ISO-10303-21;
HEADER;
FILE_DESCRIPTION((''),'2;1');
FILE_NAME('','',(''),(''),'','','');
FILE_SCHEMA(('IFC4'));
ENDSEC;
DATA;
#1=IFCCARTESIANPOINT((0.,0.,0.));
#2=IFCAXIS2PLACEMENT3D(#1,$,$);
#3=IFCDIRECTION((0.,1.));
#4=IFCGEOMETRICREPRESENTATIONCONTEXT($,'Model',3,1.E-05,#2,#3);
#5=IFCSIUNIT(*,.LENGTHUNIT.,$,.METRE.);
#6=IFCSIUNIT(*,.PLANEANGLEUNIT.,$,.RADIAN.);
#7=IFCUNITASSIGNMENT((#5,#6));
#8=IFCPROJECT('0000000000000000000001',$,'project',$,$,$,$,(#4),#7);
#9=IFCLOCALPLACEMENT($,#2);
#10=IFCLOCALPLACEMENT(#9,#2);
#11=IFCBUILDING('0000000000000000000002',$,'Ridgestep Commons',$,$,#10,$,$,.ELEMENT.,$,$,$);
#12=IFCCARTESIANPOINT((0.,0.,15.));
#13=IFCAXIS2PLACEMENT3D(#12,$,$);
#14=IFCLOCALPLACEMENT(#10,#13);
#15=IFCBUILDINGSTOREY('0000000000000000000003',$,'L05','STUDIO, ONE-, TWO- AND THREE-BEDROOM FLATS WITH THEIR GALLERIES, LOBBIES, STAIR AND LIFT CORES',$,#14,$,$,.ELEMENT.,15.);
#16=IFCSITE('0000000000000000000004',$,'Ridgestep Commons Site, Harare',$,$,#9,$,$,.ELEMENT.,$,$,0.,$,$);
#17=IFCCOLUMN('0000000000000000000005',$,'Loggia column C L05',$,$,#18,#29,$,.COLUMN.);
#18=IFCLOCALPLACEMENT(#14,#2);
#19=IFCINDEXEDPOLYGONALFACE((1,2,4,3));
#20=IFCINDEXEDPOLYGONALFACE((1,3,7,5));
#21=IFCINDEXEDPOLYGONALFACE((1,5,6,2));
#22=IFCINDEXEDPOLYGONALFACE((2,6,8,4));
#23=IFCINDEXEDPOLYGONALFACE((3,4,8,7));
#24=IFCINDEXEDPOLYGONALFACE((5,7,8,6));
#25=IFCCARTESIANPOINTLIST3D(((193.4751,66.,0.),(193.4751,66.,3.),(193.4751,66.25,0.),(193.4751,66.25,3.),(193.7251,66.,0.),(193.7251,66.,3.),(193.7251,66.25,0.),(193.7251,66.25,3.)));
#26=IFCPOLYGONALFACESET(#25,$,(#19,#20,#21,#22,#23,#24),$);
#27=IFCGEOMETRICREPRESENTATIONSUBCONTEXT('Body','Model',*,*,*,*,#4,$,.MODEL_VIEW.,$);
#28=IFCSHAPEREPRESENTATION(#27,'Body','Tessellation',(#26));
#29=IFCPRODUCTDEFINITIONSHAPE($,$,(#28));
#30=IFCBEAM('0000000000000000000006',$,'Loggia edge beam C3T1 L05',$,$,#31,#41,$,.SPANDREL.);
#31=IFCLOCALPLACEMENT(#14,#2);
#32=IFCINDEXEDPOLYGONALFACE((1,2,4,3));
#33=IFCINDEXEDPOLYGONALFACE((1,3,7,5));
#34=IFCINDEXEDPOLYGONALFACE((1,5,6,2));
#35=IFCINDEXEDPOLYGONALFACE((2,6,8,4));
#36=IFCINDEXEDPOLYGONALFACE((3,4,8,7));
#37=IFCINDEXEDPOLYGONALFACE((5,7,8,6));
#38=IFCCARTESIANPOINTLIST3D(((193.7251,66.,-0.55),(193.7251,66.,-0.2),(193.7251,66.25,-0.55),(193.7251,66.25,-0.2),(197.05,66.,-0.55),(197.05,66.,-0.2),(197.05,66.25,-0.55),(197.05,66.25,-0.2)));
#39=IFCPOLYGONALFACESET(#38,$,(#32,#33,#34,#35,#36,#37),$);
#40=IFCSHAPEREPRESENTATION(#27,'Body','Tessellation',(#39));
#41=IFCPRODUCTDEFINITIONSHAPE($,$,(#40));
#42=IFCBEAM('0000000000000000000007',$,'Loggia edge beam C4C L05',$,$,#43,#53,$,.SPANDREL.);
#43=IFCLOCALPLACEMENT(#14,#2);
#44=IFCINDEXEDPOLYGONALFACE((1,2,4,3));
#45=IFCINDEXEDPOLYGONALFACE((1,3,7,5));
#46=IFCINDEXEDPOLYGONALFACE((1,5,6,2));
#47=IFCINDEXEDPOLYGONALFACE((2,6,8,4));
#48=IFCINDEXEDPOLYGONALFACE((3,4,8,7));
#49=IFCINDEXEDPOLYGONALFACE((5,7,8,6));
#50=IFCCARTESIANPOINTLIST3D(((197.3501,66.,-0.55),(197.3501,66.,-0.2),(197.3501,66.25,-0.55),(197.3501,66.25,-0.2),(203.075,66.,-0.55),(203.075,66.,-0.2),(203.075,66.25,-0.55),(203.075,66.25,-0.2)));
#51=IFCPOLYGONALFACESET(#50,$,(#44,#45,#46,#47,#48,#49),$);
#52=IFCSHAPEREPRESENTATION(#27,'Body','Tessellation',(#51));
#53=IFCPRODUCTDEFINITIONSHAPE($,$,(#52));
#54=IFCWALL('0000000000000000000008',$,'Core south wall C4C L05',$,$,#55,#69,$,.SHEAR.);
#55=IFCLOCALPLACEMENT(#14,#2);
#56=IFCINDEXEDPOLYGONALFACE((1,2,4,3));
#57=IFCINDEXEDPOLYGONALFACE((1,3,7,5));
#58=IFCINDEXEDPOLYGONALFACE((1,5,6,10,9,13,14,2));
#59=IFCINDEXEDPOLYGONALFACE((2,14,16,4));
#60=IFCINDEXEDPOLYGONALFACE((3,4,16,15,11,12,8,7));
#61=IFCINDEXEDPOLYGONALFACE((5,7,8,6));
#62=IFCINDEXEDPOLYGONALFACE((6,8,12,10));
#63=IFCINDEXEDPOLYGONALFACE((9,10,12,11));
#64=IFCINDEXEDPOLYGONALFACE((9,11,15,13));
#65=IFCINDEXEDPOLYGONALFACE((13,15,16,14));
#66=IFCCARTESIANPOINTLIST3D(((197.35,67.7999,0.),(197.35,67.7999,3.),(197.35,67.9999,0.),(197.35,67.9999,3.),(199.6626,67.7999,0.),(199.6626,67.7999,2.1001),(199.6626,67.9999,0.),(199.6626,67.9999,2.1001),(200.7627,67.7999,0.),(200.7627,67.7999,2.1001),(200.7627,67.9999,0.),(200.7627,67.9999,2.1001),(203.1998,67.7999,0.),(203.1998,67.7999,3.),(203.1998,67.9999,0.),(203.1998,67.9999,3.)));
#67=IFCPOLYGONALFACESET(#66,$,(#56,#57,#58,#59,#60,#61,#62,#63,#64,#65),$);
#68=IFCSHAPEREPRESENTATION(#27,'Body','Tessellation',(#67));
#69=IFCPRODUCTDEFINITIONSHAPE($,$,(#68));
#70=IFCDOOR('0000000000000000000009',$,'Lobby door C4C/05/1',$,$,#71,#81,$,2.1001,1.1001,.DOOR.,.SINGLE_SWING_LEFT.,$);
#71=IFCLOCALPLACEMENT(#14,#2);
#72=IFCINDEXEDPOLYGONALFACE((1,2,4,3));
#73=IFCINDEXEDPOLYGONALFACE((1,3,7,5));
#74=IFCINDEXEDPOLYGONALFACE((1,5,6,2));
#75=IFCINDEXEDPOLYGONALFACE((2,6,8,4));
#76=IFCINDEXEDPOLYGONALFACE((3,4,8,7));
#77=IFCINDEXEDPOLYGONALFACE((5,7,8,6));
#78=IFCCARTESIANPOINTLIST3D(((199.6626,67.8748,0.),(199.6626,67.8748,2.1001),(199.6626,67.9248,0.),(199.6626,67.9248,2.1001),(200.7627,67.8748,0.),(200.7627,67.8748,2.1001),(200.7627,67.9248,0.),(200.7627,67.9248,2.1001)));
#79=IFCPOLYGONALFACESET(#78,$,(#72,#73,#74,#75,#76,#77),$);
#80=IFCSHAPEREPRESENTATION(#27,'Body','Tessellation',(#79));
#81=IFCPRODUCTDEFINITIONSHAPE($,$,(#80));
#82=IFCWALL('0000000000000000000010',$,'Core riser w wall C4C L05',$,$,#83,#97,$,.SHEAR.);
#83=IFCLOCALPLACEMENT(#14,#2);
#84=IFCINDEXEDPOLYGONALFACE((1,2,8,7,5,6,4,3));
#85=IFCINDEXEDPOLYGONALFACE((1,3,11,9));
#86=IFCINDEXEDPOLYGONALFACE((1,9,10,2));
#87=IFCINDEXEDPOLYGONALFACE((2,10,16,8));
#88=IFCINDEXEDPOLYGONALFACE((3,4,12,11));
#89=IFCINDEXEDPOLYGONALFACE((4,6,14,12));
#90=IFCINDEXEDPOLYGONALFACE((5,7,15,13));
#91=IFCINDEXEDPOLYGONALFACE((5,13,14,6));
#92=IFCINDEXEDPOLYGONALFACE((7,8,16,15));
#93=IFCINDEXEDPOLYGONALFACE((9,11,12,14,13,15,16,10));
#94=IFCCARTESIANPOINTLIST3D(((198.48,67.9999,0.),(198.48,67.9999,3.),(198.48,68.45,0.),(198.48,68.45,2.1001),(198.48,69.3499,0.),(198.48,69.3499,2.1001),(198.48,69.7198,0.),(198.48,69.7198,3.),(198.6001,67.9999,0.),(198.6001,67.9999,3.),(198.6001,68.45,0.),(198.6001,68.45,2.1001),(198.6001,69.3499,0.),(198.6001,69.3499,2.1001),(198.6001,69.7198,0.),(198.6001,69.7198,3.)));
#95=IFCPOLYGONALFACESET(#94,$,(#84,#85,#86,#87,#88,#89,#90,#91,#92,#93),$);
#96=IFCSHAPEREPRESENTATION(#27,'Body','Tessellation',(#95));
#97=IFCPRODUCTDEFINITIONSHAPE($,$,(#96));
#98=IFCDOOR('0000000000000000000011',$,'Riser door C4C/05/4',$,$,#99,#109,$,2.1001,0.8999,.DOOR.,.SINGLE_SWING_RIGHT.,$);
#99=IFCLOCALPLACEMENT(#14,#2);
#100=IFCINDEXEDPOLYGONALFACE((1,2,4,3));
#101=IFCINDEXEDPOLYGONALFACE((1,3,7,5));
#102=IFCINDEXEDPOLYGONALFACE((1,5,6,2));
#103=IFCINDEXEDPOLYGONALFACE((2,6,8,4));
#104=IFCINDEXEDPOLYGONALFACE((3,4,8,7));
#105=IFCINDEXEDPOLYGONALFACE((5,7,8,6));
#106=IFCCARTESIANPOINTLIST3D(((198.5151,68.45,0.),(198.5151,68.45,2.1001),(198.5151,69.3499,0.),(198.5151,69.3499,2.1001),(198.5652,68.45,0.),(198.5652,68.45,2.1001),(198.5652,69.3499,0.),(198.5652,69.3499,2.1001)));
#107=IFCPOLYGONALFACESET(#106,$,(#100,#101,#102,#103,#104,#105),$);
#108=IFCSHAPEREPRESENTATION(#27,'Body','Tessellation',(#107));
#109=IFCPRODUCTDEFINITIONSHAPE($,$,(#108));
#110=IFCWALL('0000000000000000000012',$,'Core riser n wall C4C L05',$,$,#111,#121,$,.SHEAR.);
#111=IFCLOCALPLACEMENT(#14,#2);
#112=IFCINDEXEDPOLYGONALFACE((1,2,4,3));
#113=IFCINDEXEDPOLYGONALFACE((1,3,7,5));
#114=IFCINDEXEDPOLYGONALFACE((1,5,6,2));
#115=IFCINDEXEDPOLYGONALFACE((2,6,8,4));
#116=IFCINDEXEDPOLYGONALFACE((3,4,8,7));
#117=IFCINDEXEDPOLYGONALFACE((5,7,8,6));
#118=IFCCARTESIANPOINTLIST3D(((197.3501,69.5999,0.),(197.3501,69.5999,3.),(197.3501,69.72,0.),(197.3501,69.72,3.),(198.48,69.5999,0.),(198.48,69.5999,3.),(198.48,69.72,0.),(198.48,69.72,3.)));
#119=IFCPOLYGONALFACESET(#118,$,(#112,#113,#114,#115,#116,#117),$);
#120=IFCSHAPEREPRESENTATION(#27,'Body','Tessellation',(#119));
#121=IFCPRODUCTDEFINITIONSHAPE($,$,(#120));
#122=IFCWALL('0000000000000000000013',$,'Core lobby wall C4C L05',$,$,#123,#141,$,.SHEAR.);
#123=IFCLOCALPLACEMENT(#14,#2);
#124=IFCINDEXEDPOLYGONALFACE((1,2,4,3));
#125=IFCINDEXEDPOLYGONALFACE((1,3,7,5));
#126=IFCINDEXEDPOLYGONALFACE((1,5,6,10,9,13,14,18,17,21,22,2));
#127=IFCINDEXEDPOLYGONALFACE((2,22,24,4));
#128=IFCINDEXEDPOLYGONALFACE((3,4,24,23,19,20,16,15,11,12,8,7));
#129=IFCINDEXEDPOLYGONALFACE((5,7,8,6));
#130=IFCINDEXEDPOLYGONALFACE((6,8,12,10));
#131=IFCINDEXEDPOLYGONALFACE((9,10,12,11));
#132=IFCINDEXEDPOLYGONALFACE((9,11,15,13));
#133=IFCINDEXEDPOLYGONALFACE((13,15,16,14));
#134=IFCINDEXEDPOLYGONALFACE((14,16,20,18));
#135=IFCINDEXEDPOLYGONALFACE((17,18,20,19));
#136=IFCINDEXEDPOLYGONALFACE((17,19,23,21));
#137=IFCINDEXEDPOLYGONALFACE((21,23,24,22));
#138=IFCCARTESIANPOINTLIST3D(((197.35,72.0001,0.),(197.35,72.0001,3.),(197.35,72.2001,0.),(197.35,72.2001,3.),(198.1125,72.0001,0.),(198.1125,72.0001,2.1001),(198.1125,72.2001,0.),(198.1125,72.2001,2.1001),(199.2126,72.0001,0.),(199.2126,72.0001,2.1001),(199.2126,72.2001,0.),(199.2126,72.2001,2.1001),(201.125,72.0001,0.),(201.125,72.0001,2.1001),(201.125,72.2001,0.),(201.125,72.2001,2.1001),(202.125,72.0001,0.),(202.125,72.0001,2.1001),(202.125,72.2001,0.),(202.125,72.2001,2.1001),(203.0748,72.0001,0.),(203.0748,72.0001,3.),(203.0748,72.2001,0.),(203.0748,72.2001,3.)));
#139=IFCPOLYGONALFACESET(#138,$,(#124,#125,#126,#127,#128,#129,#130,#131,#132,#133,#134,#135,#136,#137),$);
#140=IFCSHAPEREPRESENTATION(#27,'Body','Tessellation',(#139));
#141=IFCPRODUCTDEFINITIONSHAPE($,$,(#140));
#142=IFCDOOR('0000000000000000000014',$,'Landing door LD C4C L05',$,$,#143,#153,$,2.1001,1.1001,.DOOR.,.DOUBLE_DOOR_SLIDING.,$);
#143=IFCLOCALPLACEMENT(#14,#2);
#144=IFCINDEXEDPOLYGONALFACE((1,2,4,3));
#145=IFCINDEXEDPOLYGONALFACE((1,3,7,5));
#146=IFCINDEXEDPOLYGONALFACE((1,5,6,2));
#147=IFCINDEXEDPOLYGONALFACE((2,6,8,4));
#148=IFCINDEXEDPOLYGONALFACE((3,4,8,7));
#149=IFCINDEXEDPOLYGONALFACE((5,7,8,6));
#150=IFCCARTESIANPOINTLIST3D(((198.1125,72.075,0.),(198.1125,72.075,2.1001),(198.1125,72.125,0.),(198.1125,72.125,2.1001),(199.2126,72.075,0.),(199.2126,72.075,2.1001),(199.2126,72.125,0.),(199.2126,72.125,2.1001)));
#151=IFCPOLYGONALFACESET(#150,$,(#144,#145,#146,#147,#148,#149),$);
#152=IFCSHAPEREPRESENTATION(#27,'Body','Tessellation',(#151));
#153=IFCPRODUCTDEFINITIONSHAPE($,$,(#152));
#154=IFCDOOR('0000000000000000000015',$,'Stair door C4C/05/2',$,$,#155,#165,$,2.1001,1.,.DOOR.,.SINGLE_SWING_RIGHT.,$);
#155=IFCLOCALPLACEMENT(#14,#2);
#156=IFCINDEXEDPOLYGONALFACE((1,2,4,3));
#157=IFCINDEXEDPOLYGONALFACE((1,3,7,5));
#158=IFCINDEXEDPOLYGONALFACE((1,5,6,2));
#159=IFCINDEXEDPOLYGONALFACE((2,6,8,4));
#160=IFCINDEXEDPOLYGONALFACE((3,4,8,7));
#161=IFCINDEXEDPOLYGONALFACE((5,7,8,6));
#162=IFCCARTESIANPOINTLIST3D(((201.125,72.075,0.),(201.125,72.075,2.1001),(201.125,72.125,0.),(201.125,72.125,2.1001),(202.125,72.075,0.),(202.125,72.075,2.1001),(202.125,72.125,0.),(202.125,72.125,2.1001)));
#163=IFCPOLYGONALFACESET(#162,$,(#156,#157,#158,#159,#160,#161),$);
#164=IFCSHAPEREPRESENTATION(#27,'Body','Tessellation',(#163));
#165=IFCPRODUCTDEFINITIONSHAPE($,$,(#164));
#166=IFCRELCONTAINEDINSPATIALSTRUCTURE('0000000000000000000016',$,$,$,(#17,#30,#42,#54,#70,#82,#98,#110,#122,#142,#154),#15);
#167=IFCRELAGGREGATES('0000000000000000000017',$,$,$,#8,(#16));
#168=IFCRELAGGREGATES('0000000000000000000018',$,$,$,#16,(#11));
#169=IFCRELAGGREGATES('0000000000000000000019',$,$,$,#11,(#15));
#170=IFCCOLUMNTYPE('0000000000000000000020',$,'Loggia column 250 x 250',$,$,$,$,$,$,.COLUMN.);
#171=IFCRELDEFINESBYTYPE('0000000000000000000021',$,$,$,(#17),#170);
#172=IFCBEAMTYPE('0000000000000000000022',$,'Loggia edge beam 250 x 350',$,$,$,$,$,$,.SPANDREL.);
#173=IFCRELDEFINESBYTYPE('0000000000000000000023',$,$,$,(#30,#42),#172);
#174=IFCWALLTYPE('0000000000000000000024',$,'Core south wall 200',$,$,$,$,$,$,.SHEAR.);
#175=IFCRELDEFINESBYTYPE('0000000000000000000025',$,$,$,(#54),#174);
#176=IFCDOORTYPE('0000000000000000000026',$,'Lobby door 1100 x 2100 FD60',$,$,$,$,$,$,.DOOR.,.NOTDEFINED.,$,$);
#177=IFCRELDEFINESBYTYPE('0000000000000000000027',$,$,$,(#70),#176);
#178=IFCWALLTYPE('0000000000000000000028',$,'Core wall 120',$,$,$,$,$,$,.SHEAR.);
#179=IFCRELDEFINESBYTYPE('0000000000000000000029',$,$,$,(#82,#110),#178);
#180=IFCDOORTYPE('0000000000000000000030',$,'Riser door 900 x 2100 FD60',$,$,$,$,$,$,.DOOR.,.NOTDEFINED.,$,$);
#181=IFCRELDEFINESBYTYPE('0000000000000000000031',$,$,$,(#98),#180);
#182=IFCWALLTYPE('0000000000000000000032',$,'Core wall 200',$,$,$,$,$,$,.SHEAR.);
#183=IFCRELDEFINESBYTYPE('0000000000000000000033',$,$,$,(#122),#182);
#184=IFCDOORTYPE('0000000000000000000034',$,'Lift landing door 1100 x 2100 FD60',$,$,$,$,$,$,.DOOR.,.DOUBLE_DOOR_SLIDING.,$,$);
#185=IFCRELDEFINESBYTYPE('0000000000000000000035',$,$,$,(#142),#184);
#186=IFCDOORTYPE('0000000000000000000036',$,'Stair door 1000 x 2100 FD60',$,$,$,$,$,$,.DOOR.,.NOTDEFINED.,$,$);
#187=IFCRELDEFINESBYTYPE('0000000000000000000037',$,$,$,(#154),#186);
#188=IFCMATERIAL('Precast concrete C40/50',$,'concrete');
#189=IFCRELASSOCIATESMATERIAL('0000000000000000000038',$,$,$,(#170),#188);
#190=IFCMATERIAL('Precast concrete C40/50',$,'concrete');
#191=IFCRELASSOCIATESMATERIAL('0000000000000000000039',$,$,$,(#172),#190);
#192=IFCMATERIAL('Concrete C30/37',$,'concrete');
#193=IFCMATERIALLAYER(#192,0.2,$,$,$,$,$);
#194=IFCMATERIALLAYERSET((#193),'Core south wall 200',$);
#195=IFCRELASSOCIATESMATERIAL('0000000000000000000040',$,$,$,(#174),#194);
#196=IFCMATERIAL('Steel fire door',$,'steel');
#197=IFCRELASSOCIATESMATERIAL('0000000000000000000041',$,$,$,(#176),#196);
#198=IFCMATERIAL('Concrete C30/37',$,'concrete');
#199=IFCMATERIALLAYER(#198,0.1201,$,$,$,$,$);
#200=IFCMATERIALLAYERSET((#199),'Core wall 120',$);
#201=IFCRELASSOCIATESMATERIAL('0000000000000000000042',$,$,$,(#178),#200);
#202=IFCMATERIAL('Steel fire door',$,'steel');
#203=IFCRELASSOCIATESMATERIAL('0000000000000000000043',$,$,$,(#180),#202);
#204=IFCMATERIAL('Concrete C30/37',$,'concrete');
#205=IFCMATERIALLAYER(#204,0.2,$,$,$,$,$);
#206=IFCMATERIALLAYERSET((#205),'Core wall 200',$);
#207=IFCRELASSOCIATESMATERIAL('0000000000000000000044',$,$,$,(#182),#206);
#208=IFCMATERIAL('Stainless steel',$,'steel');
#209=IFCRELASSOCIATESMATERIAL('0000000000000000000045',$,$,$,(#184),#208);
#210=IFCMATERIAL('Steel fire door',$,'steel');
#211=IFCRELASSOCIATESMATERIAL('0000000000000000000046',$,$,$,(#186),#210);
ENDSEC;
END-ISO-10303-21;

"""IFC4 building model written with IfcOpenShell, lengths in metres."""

from ifc_helpers import new_model, si_unit, direction, frame, frame_2d, origin, origin_2d, place, context, subcontext, project, spatial, rectangle, extrude, material, layer, layer_set, material_profile, profile_set, type_object, element, fill, save


model = new_model("IFC4")

# Units and contexts
model_context = context("Model", 3, precision=1e-05, world=origin(), true_north=direction((0.0, 1.0)))
body_context = subcontext(model_context, "Body", "Model", "MODEL_VIEW")
ifc_project = project(units=[si_unit("LENGTHUNIT", "METRE"), si_unit("PLANEANGLEUNIT", "RADIAN")], contexts=[model_context])

# Site, building, storey
site_placement = place(None, origin())
site = spatial("IfcSite", under=ifc_project, at=site_placement, Name="Ridgestep Commons Site, Harare", CompositionType="ELEMENT", RefElevation=0.0)
building_placement = place(site_placement, origin())
building = spatial("IfcBuilding", under=site, at=building_placement, Name="Ridgestep Commons", CompositionType="ELEMENT")
storey_placement = place(building_placement, frame((0.0, 0.0, 15.0)))
storey = spatial("IfcBuildingStorey", under=building, at=storey_placement, Name="L05", Description="STUDIO, ONE-, TWO- AND THREE-BEDROOM FLATS WITH THEIR GALLERIES, LOBBIES, STAIR AND LIFT CORES", CompositionType="ELEMENT", Elevation=15.0)

# Column
ifc_material_1 = material(Name="Precast concrete C40/50", Category="concrete")
ifc_material_profile_1 = material_profile(ifc_material_1, rectangle(XDim=0.25, YDim=0.25, at=origin_2d()), Name="PC 250x250")
ifc_profile_set_1 = profile_set([ifc_material_profile_1], Name="Precast concrete C40/50")
column_type = type_object("IfcColumnType", Name="Loggia column 250 x 250", PredefinedType="COLUMN", material=ifc_profile_set_1)
column_placement = place(storey_placement, frame((193.6001, 66.125, 0.0), z_axis=(0.0, 0.0, 1.0), x_axis=(1.0, 0.0, 0.0)))
element("IfcColumn", 1, at=column_placement, inside=storey, type_object=column_type, Name="Loggia column C L05", PredefinedType="COLUMN", context=body_context, shape_type="SweptSolid", body=[
    extrude(rectangle(XDim=0.25, YDim=0.25, at=origin_2d()), origin(), (0.0, 0.0, 1.0), 3.0),
])

# Beams
ifc_material_2 = material(Name="Precast concrete C40/50", Category="concrete")
ifc_material_profile_2 = material_profile(ifc_material_2, rectangle(XDim=0.25, YDim=0.3501, at=origin_2d()), Name="PC 250x350")
ifc_profile_set_2 = profile_set([ifc_material_profile_2], Name="Precast concrete C40/50")
beam_type = type_object("IfcBeamType", Name="Loggia edge beam 250 x 350", PredefinedType="SPANDREL", material=ifc_profile_set_2)
beam_1_placement = place(storey_placement, frame((193.7251, 66.125, -0.375), z_axis=(1.0, 0.0, 0.0), x_axis=(0.0, 1.0, 0.0)))
element("IfcBeam", 2, at=beam_1_placement, inside=storey, type_object=beam_type, Name="Loggia edge beam C3T1 L05", PredefinedType="SPANDREL", context=body_context, shape_type="SweptSolid", body=[
    extrude(rectangle(XDim=0.25, YDim=0.3501, at=origin_2d()), origin(), (0.0, 0.0, 1.0), 3.325),
])
beam_2_placement = place(storey_placement, frame((197.3501, 66.125, -0.375), z_axis=(1.0, 0.0, 0.0), x_axis=(0.0, 1.0, 0.0)))
element("IfcBeam", 3, at=beam_2_placement, inside=storey, type_object=beam_type, Name="Loggia edge beam C4C L05", PredefinedType="SPANDREL", context=body_context, shape_type="SweptSolid", body=[
    extrude(rectangle(XDim=0.25, YDim=0.3501, at=origin_2d()), origin(), (0.0, 0.0, 1.0), 5.7249),
])

# Walls, openings, doors
ifc_material_3 = material(Name="Concrete C30/37", Category="concrete")
ifc_layer_1 = layer(ifc_material_3, 0.2)
ifc_layer_set_1 = layer_set([ifc_layer_1], Name="Core south wall 200")
wall_type_1 = type_object("IfcWallType", Name="Core south wall 200", PredefinedType="SHEAR", material=ifc_layer_set_1)
wall_1_placement = place(storey_placement, frame((197.3501, 67.8999, 0.0), z_axis=(0.0, 0.0, 1.0), x_axis=(1.0, 0.0, 0.0)))
wall_1 = element("IfcWall", 4, at=wall_1_placement, inside=storey, type_object=wall_type_1, Name="Core south wall C4C L05", PredefinedType="SHEAR", context=body_context, shape_type="SweptSolid", body=[
    extrude(rectangle(XDim=5.8499, YDim=0.2, at=frame_2d((2.9248, 0.0))), origin(), (0.0, 0.0, 1.0), 3.0),
])
opening_1_placement = place(wall_1_placement, frame((2.3125, 0.0, 0.0)))
opening_1 = element("IfcOpeningElement", 5, at=opening_1_placement, cuts=wall_1, PredefinedType="OPENING", context=body_context, shape_type="SweptSolid", body=[
    extrude(rectangle(XDim=1.1001, YDim=2.1001, at=frame_2d((0.55, 1.05))), frame((0.0, 0.1099, 0.0), z_axis=(0.0, -1.0, 0.0), x_axis=(1.0, 0.0, 0.0)), (0.0, 0.0, 1.0), 0.22),
])
ifc_material_4 = material(Name="Steel fire door", Category="steel")
door_type_1 = type_object("IfcDoorType", Name="Lobby door 1100 x 2100 FD60", OperationType="NOTDEFINED", PredefinedType="DOOR", material=ifc_material_4)
door_1_placement = place(opening_1_placement, origin())
door_1 = element("IfcDoor", 6, at=door_1_placement, inside=storey, type_object=door_type_1, Name="Lobby door C4C/05/1", OperationType="SINGLE_SWING_LEFT", OverallHeight=2.1001, OverallWidth=1.1001, PredefinedType="DOOR", context=body_context, shape_type="SweptSolid", body=[
    extrude(rectangle(XDim=1.1001, YDim=2.1001, at=frame_2d((0.55, 1.05))), frame((0.0, 0.0249, 0.0), z_axis=(0.0, -1.0, 0.0), x_axis=(1.0, 0.0, 0.0)), (0.0, 0.0, 1.0), 0.05),
])
fill(opening_1, door_1)
ifc_material_5 = material(Name="Concrete C30/37", Category="concrete")
ifc_layer_2 = layer(ifc_material_5, 0.1201)
ifc_layer_set_2 = layer_set([ifc_layer_2], Name="Core wall 120")
wall_type_2 = type_object("IfcWallType", Name="Core wall 120", PredefinedType="SHEAR", material=ifc_layer_set_2)
wall_2_placement = place(storey_placement, frame((198.54, 68.0, 0.0), z_axis=(0.0, 0.0, 1.0), x_axis=(0.0, 1.0, 0.0)))
wall_2 = element("IfcWall", 7, at=wall_2_placement, inside=storey, type_object=wall_type_2, Name="Core riser w wall C4C L05", PredefinedType="SHEAR", context=body_context, shape_type="SweptSolid", body=[
    extrude(rectangle(XDim=1.72, YDim=0.1201, at=frame_2d((0.8599, 0.0))), origin(), (0.0, 0.0, 1.0), 3.0),
])
opening_2_placement = place(wall_2_placement, frame((0.45, 0.0, 0.0)))
opening_2 = element("IfcOpeningElement", 8, at=opening_2_placement, cuts=wall_2, PredefinedType="OPENING", context=body_context, shape_type="SweptSolid", body=[
    extrude(rectangle(XDim=0.8999, YDim=2.1001, at=frame_2d((0.45, 1.05))), frame((0.0, 0.0701, 0.0), z_axis=(0.0, -1.0, 0.0), x_axis=(1.0, 0.0, 0.0)), (0.0, 0.0, 1.0), 0.1401),
])
ifc_material_6 = material(Name="Steel fire door", Category="steel")
door_type_2 = type_object("IfcDoorType", Name="Riser door 900 x 2100 FD60", OperationType="NOTDEFINED", PredefinedType="DOOR", material=ifc_material_6)
door_2_placement = place(opening_2_placement, origin())
door_2 = element("IfcDoor", 9, at=door_2_placement, inside=storey, type_object=door_type_2, Name="Riser door C4C/05/4", OperationType="SINGLE_SWING_RIGHT", OverallHeight=2.1001, OverallWidth=0.8999, PredefinedType="DOOR", context=body_context, shape_type="SweptSolid", body=[
    extrude(rectangle(XDim=0.8999, YDim=2.1001, at=frame_2d((0.45, 1.05))), frame((0.0, 0.0249, 0.0), z_axis=(0.0, -1.0, 0.0), x_axis=(1.0, 0.0, 0.0)), (0.0, 0.0, 1.0), 0.05),
])
fill(opening_2, door_2)

# Wall
wall_3_placement = place(storey_placement, frame((197.3501, 69.6599, 0.0), z_axis=(0.0, 0.0, 1.0), x_axis=(1.0, 0.0, 0.0)))
element("IfcWall", 10, at=wall_3_placement, inside=storey, type_object=wall_type_2, Name="Core riser n wall C4C L05", PredefinedType="SHEAR", context=body_context, shape_type="SweptSolid", body=[
    extrude(rectangle(XDim=1.1299, YDim=0.1201, at=frame_2d((0.5649, 0.0))), origin(), (0.0, 0.0, 1.0), 3.0),
])

# Wall, openings, doors
ifc_material_7 = material(Name="Concrete C30/37", Category="concrete")
ifc_layer_3 = layer(ifc_material_7, 0.2)
ifc_layer_set_3 = layer_set([ifc_layer_3], Name="Core wall 200")
wall_type_3 = type_object("IfcWallType", Name="Core wall 200", PredefinedType="SHEAR", material=ifc_layer_set_3)
wall_4_placement = place(storey_placement, frame((197.3501, 72.1001, 0.0), z_axis=(0.0, 0.0, 1.0), x_axis=(1.0, 0.0, 0.0)))
wall_4 = element("IfcWall", 11, at=wall_4_placement, inside=storey, type_object=wall_type_3, Name="Core lobby wall C4C L05", PredefinedType="SHEAR", context=body_context, shape_type="SweptSolid", body=[
    extrude(rectangle(XDim=5.7249, YDim=0.2, at=frame_2d((2.8623, 0.0))), origin(), (0.0, 0.0, 1.0), 3.0),
])
opening_3_placement = place(wall_4_placement, frame((3.7749, 0.0, 0.0)))
opening_3 = element("IfcOpeningElement", 12, at=opening_3_placement, cuts=wall_4, PredefinedType="OPENING", context=body_context, shape_type="SweptSolid", body=[
    extrude(rectangle(XDim=1.0, YDim=2.1001, at=frame_2d((0.5, 1.05))), frame((0.0, 0.1099, 0.0), z_axis=(0.0, -1.0, 0.0), x_axis=(1.0, 0.0, 0.0)), (0.0, 0.0, 1.0), 0.22),
])
opening_4_placement = place(wall_4_placement, frame((0.7625, 0.0, 0.0)))
opening_4 = element("IfcOpeningElement", 13, at=opening_4_placement, cuts=wall_4, PredefinedType="OPENING", context=body_context, shape_type="SweptSolid", body=[
    extrude(rectangle(XDim=1.1001, YDim=2.1001, at=frame_2d((0.55, 1.05))), frame((0.0, 0.1099, 0.0), z_axis=(0.0, -1.0, 0.0), x_axis=(1.0, 0.0, 0.0)), (0.0, 0.0, 1.0), 0.22),
])
ifc_material_8 = material(Name="Stainless steel", Category="steel")
door_type_3 = type_object("IfcDoorType", Name="Lift landing door 1100 x 2100 FD60", OperationType="DOUBLE_DOOR_SLIDING", PredefinedType="DOOR", material=ifc_material_8)
door_3_placement = place(opening_4_placement, origin())
door_3 = element("IfcDoor", 14, at=door_3_placement, inside=storey, type_object=door_type_3, Name="Landing door LD C4C L05", OperationType="DOUBLE_DOOR_SLIDING", OverallHeight=2.1001, OverallWidth=1.1001, PredefinedType="DOOR", context=body_context, shape_type="SweptSolid", body=[
    extrude(rectangle(XDim=1.1001, YDim=2.1001, at=frame_2d((0.55, 1.05))), frame((0.0, 0.0249, 0.0), z_axis=(0.0, -1.0, 0.0), x_axis=(1.0, 0.0, 0.0)), (0.0, 0.0, 1.0), 0.05),
])
fill(opening_4, door_3)
ifc_material_9 = material(Name="Steel fire door", Category="steel")
door_type_4 = type_object("IfcDoorType", Name="Stair door 1000 x 2100 FD60", OperationType="NOTDEFINED", PredefinedType="DOOR", material=ifc_material_9)
door_4_placement = place(opening_3_placement, origin())
door_4 = element("IfcDoor", 15, at=door_4_placement, inside=storey, type_object=door_type_4, Name="Stair door C4C/05/2", OperationType="SINGLE_SWING_RIGHT", OverallHeight=2.1001, OverallWidth=1.0, PredefinedType="DOOR", context=body_context, shape_type="SweptSolid", body=[
    extrude(rectangle(XDim=1.0, YDim=2.1001, at=frame_2d((0.5, 1.05))), frame((0.0, 0.0249, 0.0), z_axis=(0.0, -1.0, 0.0), x_axis=(1.0, 0.0, 0.0)), (0.0, 0.0, 1.0), 0.05),
])
fill(opening_3, door_4)

save(model, "model.ifc")
